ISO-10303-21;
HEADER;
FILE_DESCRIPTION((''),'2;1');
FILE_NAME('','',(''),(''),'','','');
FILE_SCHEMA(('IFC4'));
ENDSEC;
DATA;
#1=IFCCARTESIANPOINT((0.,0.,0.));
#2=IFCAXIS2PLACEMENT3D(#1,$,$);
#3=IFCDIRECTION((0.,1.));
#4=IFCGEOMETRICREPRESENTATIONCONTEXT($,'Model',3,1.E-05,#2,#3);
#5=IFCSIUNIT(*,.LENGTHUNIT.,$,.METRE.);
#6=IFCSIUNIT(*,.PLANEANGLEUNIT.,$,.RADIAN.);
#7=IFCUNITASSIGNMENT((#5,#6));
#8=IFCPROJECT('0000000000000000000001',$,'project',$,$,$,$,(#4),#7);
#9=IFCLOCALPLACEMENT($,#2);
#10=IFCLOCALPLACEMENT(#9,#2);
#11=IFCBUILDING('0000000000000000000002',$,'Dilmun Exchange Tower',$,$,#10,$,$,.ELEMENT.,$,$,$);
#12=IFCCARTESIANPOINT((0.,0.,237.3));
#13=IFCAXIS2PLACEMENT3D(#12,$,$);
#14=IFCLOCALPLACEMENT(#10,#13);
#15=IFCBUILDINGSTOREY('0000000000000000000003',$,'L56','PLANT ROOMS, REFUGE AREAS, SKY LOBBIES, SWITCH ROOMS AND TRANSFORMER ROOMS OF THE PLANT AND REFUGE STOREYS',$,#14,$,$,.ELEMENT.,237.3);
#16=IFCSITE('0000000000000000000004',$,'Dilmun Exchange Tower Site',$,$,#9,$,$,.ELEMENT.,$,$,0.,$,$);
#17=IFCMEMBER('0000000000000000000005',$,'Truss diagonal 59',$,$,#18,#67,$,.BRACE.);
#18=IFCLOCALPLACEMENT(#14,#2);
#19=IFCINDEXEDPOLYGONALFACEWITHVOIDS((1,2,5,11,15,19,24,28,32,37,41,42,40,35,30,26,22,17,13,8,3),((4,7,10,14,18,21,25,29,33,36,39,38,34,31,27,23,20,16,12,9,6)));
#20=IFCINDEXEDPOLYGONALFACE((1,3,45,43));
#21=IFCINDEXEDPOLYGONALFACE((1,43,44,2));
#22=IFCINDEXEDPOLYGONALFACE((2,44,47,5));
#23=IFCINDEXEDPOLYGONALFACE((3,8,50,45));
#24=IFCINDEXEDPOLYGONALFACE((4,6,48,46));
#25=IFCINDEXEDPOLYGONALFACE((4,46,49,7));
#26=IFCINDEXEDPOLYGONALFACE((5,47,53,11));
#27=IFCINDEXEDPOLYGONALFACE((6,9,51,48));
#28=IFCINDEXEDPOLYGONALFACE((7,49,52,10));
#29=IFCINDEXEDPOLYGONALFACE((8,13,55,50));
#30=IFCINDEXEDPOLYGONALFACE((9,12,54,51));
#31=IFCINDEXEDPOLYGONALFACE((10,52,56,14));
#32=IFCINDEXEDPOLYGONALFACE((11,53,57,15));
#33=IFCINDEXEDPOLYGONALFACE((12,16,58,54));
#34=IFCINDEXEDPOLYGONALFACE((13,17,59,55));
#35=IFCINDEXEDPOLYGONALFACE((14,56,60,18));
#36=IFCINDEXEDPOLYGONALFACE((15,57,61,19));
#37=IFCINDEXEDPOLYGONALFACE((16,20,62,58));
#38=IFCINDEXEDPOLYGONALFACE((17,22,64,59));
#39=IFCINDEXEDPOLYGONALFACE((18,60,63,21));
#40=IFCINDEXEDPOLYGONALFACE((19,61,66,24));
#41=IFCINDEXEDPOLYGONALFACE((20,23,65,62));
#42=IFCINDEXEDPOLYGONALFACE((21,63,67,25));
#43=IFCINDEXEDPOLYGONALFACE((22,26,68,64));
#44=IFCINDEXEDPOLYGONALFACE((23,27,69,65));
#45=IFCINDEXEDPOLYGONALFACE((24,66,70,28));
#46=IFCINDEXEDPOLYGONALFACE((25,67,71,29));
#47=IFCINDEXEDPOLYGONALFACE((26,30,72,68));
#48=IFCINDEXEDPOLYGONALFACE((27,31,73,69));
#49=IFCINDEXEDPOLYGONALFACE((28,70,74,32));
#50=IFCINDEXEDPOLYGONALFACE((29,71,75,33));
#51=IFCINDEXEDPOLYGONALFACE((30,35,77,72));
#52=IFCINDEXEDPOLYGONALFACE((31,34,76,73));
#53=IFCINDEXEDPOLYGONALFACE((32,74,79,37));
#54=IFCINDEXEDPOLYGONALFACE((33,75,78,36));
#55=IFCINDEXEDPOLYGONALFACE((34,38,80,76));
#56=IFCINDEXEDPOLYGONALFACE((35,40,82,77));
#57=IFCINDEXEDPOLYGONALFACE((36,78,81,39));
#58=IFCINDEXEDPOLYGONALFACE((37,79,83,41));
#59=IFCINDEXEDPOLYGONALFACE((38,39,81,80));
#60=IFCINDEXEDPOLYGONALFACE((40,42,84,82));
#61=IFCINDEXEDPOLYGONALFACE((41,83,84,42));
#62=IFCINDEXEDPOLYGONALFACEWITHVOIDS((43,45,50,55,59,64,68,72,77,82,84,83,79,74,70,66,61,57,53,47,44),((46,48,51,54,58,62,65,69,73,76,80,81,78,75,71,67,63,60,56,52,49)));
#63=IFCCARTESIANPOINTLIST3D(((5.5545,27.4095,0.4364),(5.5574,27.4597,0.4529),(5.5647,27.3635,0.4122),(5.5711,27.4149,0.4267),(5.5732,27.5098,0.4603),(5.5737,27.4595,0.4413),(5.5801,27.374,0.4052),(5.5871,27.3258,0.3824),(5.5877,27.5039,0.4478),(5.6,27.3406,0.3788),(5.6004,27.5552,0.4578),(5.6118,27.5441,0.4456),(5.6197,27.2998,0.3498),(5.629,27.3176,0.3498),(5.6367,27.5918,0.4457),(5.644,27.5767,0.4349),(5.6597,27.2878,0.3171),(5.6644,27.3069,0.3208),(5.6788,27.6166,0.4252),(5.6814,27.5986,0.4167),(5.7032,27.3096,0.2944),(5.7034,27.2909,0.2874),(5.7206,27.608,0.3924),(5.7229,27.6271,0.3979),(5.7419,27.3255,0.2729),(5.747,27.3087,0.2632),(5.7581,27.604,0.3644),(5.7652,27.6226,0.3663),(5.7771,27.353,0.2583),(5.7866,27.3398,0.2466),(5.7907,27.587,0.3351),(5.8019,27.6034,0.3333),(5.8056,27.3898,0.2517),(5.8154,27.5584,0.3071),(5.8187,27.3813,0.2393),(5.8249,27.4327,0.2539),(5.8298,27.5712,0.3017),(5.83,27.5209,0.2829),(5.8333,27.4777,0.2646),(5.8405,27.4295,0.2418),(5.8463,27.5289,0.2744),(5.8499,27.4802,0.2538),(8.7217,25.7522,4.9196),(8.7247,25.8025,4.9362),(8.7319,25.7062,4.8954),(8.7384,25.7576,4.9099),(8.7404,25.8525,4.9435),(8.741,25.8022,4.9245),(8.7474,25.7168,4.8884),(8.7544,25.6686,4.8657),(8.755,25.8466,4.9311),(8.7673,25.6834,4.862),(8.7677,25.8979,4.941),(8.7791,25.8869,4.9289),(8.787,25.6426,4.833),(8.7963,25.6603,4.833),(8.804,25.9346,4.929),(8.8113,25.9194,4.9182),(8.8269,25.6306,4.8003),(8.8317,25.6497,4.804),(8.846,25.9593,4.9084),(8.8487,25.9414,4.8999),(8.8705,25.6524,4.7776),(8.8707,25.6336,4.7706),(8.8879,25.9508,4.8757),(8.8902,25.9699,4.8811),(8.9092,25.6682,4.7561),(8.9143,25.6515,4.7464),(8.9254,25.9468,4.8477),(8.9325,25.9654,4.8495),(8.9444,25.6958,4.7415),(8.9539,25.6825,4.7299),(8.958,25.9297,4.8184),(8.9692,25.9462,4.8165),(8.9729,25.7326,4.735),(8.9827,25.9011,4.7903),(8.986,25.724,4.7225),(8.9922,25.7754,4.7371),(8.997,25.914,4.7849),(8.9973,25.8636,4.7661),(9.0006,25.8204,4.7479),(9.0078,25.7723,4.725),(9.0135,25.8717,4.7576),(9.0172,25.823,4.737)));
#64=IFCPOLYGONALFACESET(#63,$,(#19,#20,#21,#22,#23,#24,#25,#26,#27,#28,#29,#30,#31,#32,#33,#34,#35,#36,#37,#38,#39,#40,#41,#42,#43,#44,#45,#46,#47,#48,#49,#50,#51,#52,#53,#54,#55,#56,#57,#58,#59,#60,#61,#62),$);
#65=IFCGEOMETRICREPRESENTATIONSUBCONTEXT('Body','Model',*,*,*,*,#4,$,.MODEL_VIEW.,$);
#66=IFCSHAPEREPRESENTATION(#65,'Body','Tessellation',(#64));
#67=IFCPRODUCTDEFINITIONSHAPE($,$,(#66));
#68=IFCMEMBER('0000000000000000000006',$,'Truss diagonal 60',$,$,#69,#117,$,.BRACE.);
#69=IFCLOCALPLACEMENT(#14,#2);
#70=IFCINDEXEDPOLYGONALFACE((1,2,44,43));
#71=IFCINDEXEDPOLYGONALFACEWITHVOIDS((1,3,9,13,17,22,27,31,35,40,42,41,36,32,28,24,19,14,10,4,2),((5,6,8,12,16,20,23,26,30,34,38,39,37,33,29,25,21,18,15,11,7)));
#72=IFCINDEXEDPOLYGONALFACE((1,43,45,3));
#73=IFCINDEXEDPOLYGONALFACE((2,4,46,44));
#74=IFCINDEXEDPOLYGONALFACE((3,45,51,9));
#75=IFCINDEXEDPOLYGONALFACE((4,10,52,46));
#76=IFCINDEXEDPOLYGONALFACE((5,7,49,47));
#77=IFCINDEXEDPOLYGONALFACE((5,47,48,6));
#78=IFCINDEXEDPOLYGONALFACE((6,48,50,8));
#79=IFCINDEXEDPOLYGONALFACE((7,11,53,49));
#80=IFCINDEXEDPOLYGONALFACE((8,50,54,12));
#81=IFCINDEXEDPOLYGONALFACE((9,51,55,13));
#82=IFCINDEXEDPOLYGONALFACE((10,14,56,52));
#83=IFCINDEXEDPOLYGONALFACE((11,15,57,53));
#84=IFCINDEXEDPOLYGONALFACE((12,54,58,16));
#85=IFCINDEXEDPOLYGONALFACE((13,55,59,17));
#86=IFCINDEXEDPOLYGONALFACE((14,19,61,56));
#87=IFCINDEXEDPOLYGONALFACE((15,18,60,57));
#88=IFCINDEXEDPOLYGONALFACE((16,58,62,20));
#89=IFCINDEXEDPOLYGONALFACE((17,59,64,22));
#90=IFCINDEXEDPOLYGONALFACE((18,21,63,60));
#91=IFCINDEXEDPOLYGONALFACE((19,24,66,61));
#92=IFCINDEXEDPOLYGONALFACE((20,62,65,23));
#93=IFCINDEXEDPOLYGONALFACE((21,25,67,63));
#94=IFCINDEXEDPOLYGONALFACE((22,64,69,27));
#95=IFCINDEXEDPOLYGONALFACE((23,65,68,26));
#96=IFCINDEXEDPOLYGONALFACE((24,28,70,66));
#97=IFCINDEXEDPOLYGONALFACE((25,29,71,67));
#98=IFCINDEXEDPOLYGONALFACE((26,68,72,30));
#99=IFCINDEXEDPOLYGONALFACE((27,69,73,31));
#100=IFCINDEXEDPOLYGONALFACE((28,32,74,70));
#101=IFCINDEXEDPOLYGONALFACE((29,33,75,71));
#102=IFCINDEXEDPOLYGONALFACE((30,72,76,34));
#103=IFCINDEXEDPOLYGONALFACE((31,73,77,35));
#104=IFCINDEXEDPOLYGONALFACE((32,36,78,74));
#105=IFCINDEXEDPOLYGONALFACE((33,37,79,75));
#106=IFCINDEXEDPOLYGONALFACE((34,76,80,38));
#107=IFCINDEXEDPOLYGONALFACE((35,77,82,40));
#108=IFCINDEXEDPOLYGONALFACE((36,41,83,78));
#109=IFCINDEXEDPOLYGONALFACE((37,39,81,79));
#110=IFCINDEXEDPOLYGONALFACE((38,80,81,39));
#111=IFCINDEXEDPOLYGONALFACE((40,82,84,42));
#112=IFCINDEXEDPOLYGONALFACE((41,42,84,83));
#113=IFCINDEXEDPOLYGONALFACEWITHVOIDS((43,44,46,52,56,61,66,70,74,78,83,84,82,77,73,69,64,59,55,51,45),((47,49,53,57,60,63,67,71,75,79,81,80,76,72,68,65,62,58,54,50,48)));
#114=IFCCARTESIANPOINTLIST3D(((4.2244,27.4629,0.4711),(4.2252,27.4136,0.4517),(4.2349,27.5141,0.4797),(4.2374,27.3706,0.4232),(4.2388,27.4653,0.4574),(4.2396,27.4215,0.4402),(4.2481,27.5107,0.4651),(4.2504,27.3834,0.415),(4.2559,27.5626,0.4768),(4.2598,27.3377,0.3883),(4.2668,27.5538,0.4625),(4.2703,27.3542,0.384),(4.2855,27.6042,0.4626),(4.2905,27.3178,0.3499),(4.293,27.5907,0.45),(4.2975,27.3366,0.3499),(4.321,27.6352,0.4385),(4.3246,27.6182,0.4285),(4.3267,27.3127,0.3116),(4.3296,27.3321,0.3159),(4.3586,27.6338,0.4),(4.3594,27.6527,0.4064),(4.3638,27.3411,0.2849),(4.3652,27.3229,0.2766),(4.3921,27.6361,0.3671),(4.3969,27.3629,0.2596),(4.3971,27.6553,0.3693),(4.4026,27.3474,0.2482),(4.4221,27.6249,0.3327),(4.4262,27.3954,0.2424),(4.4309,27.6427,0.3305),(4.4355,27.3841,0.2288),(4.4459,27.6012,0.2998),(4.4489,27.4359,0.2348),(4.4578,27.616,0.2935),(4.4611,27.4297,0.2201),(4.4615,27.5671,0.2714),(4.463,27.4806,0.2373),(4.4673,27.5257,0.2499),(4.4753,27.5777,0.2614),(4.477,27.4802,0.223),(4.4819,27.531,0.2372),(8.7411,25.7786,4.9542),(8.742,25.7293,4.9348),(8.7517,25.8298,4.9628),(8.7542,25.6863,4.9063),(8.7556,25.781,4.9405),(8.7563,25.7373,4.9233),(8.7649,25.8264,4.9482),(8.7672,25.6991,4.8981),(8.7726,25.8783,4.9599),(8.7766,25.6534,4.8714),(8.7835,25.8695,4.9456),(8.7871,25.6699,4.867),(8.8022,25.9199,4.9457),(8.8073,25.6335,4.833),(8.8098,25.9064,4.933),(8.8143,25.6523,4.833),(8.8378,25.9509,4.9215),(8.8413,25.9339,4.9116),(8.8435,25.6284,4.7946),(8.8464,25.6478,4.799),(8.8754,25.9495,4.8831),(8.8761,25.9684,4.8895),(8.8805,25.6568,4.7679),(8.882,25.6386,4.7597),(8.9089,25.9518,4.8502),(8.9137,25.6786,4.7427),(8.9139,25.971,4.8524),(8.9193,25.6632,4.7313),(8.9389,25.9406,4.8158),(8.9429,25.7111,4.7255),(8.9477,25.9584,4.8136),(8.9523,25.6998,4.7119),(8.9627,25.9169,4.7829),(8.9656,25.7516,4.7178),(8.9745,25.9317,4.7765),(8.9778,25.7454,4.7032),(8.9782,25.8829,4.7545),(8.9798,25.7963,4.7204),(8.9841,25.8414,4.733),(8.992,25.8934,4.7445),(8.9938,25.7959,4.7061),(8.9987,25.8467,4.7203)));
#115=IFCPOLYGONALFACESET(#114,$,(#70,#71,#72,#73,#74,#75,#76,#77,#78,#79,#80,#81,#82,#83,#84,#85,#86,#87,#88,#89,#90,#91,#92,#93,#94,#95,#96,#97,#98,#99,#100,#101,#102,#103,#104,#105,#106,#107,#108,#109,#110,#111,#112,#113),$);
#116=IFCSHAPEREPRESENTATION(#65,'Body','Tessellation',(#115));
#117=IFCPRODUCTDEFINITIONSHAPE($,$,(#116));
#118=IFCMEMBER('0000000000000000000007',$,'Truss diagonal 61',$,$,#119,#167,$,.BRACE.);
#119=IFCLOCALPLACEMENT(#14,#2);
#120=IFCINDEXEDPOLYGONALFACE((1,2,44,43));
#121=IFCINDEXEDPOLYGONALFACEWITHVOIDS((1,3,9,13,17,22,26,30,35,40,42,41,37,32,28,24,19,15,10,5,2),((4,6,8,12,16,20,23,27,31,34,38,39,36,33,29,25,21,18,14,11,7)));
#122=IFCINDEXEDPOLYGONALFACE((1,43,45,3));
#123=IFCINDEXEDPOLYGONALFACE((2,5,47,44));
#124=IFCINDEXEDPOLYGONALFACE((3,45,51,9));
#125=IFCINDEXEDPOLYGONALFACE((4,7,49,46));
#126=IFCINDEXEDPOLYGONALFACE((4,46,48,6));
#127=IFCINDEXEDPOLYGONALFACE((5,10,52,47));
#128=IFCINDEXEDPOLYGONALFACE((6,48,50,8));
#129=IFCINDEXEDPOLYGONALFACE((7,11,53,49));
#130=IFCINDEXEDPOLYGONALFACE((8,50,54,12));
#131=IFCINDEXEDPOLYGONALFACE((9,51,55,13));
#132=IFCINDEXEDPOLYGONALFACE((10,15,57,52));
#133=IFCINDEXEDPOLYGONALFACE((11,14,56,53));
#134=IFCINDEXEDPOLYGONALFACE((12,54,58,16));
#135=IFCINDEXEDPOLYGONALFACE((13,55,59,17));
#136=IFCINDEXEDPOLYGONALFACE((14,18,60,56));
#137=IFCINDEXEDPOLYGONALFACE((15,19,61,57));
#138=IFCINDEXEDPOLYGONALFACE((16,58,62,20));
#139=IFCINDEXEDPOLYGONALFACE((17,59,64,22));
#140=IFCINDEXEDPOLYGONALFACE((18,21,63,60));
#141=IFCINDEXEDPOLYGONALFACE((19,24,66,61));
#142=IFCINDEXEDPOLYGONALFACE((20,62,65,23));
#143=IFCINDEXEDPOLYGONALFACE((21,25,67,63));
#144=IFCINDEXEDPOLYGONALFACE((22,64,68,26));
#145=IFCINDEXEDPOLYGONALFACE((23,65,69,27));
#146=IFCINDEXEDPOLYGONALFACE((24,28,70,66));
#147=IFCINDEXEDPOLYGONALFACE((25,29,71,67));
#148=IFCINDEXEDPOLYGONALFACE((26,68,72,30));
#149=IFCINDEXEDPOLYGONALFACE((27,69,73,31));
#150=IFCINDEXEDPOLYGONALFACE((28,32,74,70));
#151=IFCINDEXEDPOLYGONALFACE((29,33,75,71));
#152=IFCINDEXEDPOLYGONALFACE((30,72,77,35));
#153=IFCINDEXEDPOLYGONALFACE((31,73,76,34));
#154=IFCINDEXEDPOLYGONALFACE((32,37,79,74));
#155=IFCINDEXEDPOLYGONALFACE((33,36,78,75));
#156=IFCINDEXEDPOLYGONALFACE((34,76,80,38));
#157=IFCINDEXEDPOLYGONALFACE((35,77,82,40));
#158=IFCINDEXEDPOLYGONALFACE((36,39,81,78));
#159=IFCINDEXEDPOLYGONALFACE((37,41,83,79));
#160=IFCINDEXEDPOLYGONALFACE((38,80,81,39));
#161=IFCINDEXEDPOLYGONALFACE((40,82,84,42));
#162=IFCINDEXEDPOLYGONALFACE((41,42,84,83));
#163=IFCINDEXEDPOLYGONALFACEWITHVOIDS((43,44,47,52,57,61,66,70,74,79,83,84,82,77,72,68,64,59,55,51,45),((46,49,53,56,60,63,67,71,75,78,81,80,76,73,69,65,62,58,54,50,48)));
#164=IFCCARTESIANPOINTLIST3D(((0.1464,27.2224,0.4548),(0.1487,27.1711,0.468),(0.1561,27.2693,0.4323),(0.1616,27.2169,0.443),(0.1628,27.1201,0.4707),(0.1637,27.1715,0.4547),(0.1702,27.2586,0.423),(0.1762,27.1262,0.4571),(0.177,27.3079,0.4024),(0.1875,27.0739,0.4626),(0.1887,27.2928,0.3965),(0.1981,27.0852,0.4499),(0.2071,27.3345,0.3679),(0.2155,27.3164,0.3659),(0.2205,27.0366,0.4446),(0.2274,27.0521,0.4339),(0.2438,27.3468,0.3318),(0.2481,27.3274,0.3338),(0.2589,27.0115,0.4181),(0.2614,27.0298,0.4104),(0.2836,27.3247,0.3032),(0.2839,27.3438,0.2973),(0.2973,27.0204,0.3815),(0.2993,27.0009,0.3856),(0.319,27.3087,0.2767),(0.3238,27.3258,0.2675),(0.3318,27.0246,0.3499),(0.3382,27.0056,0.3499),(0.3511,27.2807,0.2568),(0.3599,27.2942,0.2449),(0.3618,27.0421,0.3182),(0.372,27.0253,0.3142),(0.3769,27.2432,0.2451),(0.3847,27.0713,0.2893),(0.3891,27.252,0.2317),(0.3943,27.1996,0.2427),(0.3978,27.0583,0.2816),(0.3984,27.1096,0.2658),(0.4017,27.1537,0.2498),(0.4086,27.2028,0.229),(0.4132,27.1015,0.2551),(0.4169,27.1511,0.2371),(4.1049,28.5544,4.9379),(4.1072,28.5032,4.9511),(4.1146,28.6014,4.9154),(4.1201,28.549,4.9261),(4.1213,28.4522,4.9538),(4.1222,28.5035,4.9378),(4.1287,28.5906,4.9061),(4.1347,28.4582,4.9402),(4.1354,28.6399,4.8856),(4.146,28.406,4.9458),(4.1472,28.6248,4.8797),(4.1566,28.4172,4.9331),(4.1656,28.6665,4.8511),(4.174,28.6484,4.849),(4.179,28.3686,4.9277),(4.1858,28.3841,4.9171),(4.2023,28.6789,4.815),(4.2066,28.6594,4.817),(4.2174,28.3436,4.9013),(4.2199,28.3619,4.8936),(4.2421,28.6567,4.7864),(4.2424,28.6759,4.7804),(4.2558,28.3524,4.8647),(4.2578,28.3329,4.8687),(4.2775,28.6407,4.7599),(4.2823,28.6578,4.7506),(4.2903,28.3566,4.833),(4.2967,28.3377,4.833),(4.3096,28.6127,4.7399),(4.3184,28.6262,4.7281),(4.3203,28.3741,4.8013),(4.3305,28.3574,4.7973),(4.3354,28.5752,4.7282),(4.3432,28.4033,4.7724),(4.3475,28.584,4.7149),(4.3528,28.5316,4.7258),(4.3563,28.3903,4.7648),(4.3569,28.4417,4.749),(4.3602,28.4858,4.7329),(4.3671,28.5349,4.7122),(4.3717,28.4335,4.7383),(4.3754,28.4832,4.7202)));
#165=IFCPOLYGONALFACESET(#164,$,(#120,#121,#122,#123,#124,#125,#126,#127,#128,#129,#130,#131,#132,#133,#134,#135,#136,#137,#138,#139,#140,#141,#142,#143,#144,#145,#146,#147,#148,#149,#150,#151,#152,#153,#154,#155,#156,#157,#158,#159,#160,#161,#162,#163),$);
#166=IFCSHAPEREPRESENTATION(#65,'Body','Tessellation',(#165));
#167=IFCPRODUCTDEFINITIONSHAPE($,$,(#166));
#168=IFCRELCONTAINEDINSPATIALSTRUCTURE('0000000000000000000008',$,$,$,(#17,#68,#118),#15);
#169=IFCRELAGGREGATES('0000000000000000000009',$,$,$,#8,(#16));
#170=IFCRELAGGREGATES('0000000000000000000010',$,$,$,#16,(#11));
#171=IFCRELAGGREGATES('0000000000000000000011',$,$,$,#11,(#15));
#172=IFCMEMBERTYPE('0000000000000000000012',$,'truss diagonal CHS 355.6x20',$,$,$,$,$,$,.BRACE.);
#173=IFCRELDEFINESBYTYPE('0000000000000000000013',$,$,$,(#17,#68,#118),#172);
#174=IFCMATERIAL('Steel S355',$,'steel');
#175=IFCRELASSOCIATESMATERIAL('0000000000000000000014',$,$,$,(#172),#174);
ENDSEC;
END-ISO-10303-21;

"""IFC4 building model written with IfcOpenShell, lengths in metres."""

from ifc_helpers import new_model, si_unit, direction, frame, origin, origin_2d, place, context, subcontext, project, spatial, hollow_circle, extrude, material, material_profile, profile_set, type_object, element, save


model = new_model("IFC4")

# Units and contexts
model_context = context("Model", 3, precision=1e-05, world=origin(), true_north=direction((0.0, 1.0)))
body_context = subcontext(model_context, "Body", "Model", "MODEL_VIEW")
ifc_project = project(units=[si_unit("LENGTHUNIT", "METRE"), si_unit("PLANEANGLEUNIT", "RADIAN")], contexts=[model_context])

# Site, building, storey
site_placement = place(None, origin())
site = spatial("IfcSite", under=ifc_project, at=site_placement, Name="Dilmun Exchange Tower Site", CompositionType="ELEMENT", RefElevation=0.0)
building_placement = place(site_placement, origin())
building = spatial("IfcBuilding", under=site, at=building_placement, Name="Dilmun Exchange Tower", CompositionType="ELEMENT")
storey_placement = place(building_placement, frame((0.0, 0.0, 237.3)))
storey = spatial("IfcBuildingStorey", under=building, at=storey_placement, Name="L56", Description="PLANT ROOMS, REFUGE AREAS, SKY LOBBIES, SWITCH ROOMS AND TRANSFORMER ROOMS OF THE PLANT AND REFUGE STOREYS", CompositionType="ELEMENT", Elevation=237.3)

# Shared definitions
ifc_material_1 = material(Name="Steel S355", Category="steel")

# Members
ifc_material_profile_1 = material_profile(ifc_material_1, hollow_circle(Radius=0.1777, WallThickness=0.02, at=origin_2d()), Name="CHS 355.6x20")
ifc_profile_set_1 = profile_set([ifc_material_profile_1], Name="Steel S355")
member_type_1 = type_object("IfcMemberType", Name="truss diagonal CHS 355.6x20", PredefinedType="BRACE", material=ifc_profile_set_1)
member_1_placement = place(storey_placement, frame((8.8694, 25.8, 4.833), z_axis=(-0.55238, 0.289028, -0.781882), x_axis=(-0.463611, -0.886039, 0.0)))
element("IfcMember", 1, at=member_1_placement, inside=storey, type_object=member_type_1, Name="Truss diagonal 59", PredefinedType="BRACE", context=body_context, shape_type="SweptSolid", body=[
    extrude(hollow_circle(Radius=0.1777, WallThickness=0.02, at=origin_2d()), origin(), (0.0, 0.0, 1.0), 5.7339),
])
member_2_placement = place(storey_placement, frame((8.8694, 25.8, 4.833), z_axis=(-0.686125, 0.255855, -0.681007), x_axis=(-0.349397, -0.936975, 0.0)))
element("IfcMember", 2, at=member_2_placement, inside=storey, type_object=member_type_1, Name="Truss diagonal 60", PredefinedType="BRACE", context=body_context, shape_type="SweptSolid", body=[
    extrude(hollow_circle(Radius=0.1777, WallThickness=0.02, at=origin_2d()), origin(), (0.0, 0.0, 1.0), 6.583),
])
member_3_placement = place(storey_placement, frame((4.24, 28.5061, 4.833), z_axis=(-0.646052, -0.217396, -0.73168), x_axis=(0.318927, -0.947779, 0.0)))
element("IfcMember", 3, at=member_3_placement, inside=storey, type_object=member_type_1, Name="Truss diagonal 61", PredefinedType="BRACE", context=body_context, shape_type="SweptSolid", body=[
    extrude(hollow_circle(Radius=0.1777, WallThickness=0.02, at=origin_2d()), origin(), (0.0, 0.0, 1.0), 6.1272),
])

save(model, "model.ifc")
